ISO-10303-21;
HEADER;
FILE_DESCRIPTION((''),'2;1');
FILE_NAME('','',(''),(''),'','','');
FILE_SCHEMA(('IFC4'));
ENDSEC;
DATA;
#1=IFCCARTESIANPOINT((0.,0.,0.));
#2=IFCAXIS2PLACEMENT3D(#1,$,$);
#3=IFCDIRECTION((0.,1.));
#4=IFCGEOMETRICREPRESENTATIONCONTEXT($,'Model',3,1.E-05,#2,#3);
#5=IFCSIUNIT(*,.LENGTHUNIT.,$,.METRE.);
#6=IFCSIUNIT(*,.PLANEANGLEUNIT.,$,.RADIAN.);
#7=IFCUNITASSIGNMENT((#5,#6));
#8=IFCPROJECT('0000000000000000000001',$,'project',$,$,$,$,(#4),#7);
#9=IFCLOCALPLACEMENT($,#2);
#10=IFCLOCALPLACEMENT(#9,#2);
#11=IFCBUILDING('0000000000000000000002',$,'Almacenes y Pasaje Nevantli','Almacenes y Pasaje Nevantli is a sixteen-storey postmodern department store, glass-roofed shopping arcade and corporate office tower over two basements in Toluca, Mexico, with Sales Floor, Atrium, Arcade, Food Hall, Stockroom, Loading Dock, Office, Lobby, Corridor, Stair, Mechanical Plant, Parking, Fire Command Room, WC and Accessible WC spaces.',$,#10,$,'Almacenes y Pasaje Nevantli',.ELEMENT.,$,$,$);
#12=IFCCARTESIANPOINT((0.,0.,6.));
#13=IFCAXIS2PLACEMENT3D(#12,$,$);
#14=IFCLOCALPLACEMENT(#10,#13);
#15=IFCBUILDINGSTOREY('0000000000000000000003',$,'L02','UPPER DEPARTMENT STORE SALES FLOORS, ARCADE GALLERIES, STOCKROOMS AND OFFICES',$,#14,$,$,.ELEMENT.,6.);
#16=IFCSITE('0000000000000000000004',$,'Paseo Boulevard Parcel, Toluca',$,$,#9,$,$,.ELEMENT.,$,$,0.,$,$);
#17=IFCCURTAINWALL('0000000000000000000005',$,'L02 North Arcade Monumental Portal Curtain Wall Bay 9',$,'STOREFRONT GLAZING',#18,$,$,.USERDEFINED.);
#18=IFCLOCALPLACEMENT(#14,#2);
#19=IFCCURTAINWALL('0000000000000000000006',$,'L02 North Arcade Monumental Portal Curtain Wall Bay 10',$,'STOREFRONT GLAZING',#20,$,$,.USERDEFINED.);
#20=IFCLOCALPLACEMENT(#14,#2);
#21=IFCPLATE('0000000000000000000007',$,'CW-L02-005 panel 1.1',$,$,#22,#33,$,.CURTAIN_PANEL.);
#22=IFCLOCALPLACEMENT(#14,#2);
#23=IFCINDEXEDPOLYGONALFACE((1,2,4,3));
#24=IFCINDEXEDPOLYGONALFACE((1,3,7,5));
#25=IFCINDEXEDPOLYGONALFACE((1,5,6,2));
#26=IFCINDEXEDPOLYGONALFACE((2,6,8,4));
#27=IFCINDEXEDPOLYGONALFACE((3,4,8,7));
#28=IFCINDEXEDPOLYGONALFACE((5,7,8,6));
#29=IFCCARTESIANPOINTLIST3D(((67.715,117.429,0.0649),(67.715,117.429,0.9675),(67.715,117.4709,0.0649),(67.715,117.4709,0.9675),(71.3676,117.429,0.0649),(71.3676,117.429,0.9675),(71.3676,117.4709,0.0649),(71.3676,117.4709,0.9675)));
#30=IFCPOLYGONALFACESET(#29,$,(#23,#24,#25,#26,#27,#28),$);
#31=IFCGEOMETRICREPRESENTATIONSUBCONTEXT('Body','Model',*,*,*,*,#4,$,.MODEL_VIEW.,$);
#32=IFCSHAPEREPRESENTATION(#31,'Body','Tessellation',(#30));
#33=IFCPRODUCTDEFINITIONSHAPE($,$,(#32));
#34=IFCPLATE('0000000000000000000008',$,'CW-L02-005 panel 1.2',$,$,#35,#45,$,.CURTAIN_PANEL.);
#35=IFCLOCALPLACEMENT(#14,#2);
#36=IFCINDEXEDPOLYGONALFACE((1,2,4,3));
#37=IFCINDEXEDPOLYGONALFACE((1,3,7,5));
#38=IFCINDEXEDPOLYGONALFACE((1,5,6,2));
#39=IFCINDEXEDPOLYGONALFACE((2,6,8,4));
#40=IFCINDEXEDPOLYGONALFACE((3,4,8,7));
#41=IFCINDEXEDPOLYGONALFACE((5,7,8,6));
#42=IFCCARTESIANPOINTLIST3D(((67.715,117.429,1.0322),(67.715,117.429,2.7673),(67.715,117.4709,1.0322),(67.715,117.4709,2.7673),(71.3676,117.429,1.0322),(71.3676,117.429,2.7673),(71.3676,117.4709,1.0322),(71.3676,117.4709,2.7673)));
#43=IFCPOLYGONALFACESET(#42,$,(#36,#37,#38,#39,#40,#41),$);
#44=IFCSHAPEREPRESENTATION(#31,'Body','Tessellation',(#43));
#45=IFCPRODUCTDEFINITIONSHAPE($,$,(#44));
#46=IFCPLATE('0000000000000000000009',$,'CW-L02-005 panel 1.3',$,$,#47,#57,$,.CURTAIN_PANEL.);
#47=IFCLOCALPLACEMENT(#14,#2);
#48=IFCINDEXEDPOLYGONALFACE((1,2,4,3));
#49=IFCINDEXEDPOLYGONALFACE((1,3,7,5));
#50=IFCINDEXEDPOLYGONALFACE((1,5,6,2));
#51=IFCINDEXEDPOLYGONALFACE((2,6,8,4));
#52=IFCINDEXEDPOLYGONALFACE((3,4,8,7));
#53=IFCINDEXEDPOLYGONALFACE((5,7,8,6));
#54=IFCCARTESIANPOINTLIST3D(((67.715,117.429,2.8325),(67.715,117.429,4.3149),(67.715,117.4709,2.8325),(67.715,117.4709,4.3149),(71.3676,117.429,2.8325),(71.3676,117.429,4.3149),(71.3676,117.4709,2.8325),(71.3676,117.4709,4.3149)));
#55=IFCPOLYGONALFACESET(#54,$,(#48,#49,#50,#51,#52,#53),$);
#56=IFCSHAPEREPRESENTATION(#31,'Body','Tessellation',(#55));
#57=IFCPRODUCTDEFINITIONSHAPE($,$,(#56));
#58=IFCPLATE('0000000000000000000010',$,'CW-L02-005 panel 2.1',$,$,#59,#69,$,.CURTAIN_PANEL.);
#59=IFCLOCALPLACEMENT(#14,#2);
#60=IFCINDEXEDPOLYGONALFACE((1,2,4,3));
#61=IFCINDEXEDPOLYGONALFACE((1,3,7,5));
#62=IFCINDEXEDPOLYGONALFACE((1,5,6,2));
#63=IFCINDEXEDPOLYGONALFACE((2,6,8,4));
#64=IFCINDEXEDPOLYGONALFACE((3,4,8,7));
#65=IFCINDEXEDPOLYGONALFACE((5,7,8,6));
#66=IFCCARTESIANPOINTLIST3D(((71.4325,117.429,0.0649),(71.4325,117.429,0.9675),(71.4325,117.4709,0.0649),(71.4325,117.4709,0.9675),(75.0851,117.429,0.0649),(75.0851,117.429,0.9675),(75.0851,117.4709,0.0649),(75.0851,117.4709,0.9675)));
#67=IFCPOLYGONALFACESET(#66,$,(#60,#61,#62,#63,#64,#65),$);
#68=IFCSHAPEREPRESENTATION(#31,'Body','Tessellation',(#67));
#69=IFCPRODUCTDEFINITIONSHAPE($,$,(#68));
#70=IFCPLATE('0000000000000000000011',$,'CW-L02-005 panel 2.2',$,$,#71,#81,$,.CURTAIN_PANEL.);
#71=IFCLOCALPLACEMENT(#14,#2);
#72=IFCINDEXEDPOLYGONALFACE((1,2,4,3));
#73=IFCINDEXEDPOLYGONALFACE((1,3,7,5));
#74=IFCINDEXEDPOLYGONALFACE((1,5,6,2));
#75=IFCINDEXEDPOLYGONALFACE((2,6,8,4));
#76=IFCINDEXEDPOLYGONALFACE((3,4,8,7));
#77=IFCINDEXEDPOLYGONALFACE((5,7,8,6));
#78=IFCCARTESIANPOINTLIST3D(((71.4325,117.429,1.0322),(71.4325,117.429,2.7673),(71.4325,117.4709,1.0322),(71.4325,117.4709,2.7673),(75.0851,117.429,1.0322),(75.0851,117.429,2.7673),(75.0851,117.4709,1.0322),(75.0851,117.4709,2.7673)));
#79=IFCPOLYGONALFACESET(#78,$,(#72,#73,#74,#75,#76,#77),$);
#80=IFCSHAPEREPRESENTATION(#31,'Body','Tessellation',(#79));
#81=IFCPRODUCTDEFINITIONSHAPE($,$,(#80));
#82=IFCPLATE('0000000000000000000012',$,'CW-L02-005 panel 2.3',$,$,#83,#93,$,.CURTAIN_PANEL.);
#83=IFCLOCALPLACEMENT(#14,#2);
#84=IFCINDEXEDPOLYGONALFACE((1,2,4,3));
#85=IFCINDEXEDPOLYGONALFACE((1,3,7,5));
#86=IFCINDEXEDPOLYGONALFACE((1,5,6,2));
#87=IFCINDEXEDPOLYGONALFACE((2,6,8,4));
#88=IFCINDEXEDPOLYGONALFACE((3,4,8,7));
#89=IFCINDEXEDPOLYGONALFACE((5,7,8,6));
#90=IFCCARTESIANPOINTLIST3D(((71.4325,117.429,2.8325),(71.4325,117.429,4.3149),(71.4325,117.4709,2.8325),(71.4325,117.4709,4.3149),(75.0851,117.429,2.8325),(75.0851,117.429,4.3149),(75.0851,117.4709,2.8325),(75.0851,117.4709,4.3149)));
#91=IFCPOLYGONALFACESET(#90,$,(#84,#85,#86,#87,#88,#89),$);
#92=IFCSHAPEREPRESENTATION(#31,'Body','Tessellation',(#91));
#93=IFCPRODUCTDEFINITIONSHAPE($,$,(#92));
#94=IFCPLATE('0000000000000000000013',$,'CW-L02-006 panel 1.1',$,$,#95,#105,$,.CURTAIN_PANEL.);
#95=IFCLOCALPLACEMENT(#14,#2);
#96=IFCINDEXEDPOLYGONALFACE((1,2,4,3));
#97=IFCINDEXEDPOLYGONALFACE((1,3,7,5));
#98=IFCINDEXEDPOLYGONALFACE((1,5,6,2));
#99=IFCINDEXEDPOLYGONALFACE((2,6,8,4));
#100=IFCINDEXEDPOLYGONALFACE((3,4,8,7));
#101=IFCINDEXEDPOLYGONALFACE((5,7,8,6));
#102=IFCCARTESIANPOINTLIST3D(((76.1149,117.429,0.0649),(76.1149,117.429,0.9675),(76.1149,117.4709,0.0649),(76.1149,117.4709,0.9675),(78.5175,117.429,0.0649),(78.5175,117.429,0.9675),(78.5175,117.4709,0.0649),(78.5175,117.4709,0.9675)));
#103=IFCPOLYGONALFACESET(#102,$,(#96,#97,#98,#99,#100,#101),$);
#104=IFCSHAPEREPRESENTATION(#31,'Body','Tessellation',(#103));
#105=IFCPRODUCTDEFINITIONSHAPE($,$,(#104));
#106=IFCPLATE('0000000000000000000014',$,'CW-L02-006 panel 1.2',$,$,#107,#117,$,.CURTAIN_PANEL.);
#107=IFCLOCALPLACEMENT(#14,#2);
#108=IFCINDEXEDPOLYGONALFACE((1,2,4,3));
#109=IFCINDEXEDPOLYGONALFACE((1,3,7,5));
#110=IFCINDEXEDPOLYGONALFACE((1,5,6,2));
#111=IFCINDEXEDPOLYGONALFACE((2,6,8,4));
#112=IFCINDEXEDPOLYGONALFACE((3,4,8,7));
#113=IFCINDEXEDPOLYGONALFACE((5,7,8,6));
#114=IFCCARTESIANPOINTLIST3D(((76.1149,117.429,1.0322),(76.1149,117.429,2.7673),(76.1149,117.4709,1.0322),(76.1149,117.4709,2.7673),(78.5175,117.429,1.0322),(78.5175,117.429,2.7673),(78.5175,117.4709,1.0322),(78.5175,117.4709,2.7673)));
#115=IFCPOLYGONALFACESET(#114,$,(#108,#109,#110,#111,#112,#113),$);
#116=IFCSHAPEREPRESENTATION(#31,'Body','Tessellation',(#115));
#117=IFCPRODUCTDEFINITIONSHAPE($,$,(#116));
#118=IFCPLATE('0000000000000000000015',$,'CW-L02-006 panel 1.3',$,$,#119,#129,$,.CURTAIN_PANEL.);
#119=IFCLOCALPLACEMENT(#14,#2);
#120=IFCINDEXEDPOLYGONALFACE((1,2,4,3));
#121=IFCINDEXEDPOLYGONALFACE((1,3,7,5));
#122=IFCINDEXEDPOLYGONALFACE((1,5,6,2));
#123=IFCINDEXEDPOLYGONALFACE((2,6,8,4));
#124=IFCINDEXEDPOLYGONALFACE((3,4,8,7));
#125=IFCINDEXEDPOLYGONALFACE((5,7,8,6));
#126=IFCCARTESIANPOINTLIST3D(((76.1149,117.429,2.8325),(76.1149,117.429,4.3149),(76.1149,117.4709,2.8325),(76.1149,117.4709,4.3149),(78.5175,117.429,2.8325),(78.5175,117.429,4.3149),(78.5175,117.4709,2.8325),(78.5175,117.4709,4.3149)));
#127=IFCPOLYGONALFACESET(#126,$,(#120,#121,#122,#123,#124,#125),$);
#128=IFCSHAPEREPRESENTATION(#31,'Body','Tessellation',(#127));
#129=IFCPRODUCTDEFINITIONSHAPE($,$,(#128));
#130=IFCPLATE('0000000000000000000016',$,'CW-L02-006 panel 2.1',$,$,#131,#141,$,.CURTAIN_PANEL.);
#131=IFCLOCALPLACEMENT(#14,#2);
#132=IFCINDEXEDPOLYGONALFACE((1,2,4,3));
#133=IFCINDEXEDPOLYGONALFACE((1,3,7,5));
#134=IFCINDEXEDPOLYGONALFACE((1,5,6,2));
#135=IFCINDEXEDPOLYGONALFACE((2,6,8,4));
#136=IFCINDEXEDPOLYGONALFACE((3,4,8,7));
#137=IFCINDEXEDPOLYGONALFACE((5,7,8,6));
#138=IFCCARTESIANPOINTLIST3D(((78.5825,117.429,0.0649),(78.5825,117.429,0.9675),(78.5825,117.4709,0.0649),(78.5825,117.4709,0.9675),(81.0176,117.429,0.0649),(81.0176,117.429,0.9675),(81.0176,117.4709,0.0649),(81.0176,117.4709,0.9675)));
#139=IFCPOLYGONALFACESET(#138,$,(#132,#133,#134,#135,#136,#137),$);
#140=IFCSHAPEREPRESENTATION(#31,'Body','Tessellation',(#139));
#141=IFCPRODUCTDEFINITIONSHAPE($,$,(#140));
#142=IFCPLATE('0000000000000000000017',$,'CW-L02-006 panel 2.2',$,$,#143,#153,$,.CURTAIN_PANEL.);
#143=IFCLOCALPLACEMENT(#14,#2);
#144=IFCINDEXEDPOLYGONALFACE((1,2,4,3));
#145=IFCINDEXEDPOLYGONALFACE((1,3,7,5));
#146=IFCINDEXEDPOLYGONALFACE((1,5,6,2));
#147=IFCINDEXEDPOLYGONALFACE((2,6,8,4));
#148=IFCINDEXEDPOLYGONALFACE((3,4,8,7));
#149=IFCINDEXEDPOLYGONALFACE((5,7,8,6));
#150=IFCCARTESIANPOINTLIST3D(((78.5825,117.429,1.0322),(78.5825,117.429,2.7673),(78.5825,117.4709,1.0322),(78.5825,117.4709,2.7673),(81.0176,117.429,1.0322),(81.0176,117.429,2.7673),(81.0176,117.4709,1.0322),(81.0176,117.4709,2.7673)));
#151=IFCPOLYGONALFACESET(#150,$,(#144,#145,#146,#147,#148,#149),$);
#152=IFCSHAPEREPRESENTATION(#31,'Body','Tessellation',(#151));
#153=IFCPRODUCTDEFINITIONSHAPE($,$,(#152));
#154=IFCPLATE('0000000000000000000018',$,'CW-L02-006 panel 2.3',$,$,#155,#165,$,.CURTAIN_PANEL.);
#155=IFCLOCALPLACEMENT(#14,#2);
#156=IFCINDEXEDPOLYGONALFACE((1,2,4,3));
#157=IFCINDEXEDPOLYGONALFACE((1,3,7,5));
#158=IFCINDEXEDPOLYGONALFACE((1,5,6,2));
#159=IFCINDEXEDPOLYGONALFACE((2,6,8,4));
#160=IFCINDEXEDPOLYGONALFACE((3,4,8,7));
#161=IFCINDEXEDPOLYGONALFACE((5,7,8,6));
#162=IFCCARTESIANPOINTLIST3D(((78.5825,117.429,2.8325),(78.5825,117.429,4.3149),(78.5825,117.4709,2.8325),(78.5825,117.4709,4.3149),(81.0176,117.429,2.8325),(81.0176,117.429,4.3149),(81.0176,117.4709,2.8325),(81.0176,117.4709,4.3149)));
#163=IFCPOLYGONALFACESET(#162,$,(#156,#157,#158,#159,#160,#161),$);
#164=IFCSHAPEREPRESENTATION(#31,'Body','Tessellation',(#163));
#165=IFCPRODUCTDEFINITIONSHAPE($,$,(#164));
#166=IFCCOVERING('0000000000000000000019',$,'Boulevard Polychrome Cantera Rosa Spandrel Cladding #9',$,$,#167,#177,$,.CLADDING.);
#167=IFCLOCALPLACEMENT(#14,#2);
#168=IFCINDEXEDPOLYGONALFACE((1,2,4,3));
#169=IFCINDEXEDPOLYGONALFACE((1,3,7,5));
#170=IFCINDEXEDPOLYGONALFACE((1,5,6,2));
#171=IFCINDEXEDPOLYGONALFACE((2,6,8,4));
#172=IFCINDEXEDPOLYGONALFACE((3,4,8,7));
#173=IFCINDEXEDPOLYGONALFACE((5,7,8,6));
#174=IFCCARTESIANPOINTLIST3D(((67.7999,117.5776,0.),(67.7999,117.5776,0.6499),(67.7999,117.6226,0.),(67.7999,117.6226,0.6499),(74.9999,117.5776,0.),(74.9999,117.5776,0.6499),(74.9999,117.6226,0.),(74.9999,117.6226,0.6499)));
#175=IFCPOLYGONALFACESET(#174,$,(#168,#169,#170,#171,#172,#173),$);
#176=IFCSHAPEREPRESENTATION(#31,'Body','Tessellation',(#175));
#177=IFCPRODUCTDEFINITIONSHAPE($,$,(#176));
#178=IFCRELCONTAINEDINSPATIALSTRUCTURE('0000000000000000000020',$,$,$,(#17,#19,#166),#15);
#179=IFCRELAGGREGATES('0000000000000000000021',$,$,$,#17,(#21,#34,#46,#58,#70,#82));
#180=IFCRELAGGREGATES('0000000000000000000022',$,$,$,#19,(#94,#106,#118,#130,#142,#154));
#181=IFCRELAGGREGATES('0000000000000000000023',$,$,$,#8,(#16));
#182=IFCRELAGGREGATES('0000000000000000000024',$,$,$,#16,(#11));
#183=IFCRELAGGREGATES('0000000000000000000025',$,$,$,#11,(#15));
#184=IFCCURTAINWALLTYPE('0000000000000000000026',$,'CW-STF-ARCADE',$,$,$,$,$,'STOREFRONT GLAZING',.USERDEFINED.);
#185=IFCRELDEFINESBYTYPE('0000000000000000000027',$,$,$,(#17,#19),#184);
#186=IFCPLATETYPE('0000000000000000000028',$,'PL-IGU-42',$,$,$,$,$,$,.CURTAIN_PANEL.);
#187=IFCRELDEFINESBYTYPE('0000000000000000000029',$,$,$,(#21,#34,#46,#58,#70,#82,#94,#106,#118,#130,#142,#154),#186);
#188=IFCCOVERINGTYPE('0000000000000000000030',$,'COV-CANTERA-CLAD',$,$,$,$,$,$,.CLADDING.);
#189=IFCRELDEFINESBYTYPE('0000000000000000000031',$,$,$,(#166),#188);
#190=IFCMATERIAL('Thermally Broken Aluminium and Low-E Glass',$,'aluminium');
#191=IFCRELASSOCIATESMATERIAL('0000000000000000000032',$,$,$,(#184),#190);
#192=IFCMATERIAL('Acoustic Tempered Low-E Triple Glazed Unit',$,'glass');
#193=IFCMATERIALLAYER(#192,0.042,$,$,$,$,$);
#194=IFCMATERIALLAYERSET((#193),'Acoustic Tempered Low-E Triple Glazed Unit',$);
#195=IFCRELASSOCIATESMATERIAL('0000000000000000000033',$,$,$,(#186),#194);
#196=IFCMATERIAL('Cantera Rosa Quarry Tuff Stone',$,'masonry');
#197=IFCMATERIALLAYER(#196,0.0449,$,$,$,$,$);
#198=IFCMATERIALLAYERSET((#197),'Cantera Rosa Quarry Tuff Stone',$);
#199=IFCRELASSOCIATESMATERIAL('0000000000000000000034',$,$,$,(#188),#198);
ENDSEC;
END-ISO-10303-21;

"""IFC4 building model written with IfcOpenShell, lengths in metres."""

from ifc_helpers import new_model, si_unit, direction, frame, origin, origin_2d, place, context, subcontext, project, spatial, rectangle, extrude, material, layer, layer_set, type_object, element, aggregate, save


model = new_model("IFC4")

# Units and contexts
model_context = context("Model", 3, precision=1e-05, world=origin(), true_north=direction((0.0, 1.0)))
body_context = subcontext(model_context, "Body", "Model", "MODEL_VIEW")
ifc_project = project(units=[si_unit("LENGTHUNIT", "METRE"), si_unit("PLANEANGLEUNIT", "RADIAN")], contexts=[model_context])

# Site, building, storey
site_placement = place(None, origin())
site = spatial("IfcSite", under=ifc_project, at=site_placement, Name="Paseo Boulevard Parcel, Toluca", CompositionType="ELEMENT", RefElevation=0.0)
building_placement = place(site_placement, origin())
building = spatial("IfcBuilding", under=site, at=building_placement, Name="Almacenes y Pasaje Nevantli", Description="Almacenes y Pasaje Nevantli is a sixteen-storey postmodern department store, glass-roofed shopping arcade and corporate office tower over two basements in Toluca, Mexico, with Sales Floor, Atrium, Arcade, Food Hall, Stockroom, Loading Dock, Office, Lobby, Corridor, Stair, Mechanical Plant, Parking, Fire Command Room, WC and Accessible WC spaces.", LongName="Almacenes y Pasaje Nevantli", CompositionType="ELEMENT")
storey_placement = place(building_placement, frame((0.0, 0.0, 6.0)))
storey = spatial("IfcBuildingStorey", under=building, at=storey_placement, Name="L02", Description="UPPER DEPARTMENT STORE SALES FLOORS, ARCADE GALLERIES, STOCKROOMS AND OFFICES", CompositionType="ELEMENT", Elevation=6.0)

# Curtain walls
ifc_material_1 = material(Name="Thermally Broken Aluminium and Low-E Glass", Category="aluminium")
curtain_wall_type = type_object("IfcCurtainWallType", Name="CW-STF-ARCADE", ElementType="STOREFRONT GLAZING", PredefinedType="USERDEFINED", material=ifc_material_1)
curtain_wall_1_placement = place(storey_placement, origin())
curtain_wall_1 = element("IfcCurtainWall", 1, at=curtain_wall_1_placement, inside=storey, type_object=curtain_wall_type, Name="L02 North Arcade Monumental Portal Curtain Wall Bay 9", ObjectType="STOREFRONT GLAZING", PredefinedType="USERDEFINED")
curtain_wall_2_placement = place(storey_placement, origin())
curtain_wall_2 = element("IfcCurtainWall", 2, at=curtain_wall_2_placement, inside=storey, type_object=curtain_wall_type, Name="L02 North Arcade Monumental Portal Curtain Wall Bay 10", ObjectType="STOREFRONT GLAZING", PredefinedType="USERDEFINED")

# Plates
ifc_material_2 = material(Name="Acoustic Tempered Low-E Triple Glazed Unit", Category="glass")
ifc_layer_1 = layer(ifc_material_2, 0.042)
ifc_layer_set_1 = layer_set([ifc_layer_1], Name="Acoustic Tempered Low-E Triple Glazed Unit")
plate_type = type_object("IfcPlateType", Name="PL-IGU-42", PredefinedType="CURTAIN_PANEL", material=ifc_layer_set_1)
plate_1_placement = place(storey_placement, frame((69.5413, 117.45, 0.0649), z_axis=(0.0, 0.0, 1.0), x_axis=(1.0, 0.0, 0.0)))
plate_1 = element("IfcPlate", 3, at=plate_1_placement, type_object=plate_type, Name="CW-L02-005 panel 1.1", PredefinedType="CURTAIN_PANEL", context=body_context, shape_type="SweptSolid", body=[
    extrude(rectangle(XDim=3.6526, YDim=0.042, at=origin_2d()), origin(), (0.0, 0.0, 1.0), 0.9026),
])
plate_2_placement = place(storey_placement, frame((69.5413, 117.45, 1.0322), z_axis=(0.0, 0.0, 1.0), x_axis=(1.0, 0.0, 0.0)))
plate_2 = element("IfcPlate", 4, at=plate_2_placement, type_object=plate_type, Name="CW-L02-005 panel 1.2", PredefinedType="CURTAIN_PANEL", context=body_context, shape_type="SweptSolid", body=[
    extrude(rectangle(XDim=3.6526, YDim=0.042, at=origin_2d()), origin(), (0.0, 0.0, 1.0), 1.7351),
])
plate_3_placement = place(storey_placement, frame((69.5413, 117.45, 2.8325), z_axis=(0.0, 0.0, 1.0), x_axis=(1.0, 0.0, 0.0)))
plate_3 = element("IfcPlate", 5, at=plate_3_placement, type_object=plate_type, Name="CW-L02-005 panel 1.3", PredefinedType="CURTAIN_PANEL", context=body_context, shape_type="SweptSolid", body=[
    extrude(rectangle(XDim=3.6526, YDim=0.042, at=origin_2d()), origin(), (0.0, 0.0, 1.0), 1.4824),
])
plate_4_placement = place(storey_placement, frame((73.2588, 117.45, 0.0649), z_axis=(0.0, 0.0, 1.0), x_axis=(1.0, 0.0, 0.0)))
plate_4 = element("IfcPlate", 6, at=plate_4_placement, type_object=plate_type, Name="CW-L02-005 panel 2.1", PredefinedType="CURTAIN_PANEL", context=body_context, shape_type="SweptSolid", body=[
    extrude(rectangle(XDim=3.6526, YDim=0.042, at=origin_2d()), origin(), (0.0, 0.0, 1.0), 0.9026),
])
plate_5_placement = place(storey_placement, frame((73.2588, 117.45, 1.0322), z_axis=(0.0, 0.0, 1.0), x_axis=(1.0, 0.0, 0.0)))
plate_5 = element("IfcPlate", 7, at=plate_5_placement, type_object=plate_type, Name="CW-L02-005 panel 2.2", PredefinedType="CURTAIN_PANEL", context=body_context, shape_type="SweptSolid", body=[
    extrude(rectangle(XDim=3.6526, YDim=0.042, at=origin_2d()), origin(), (0.0, 0.0, 1.0), 1.7351),
])
plate_6_placement = place(storey_placement, frame((73.2588, 117.45, 2.8325), z_axis=(0.0, 0.0, 1.0), x_axis=(1.0, 0.0, 0.0)))
plate_6 = element("IfcPlate", 8, at=plate_6_placement, type_object=plate_type, Name="CW-L02-005 panel 2.3", PredefinedType="CURTAIN_PANEL", context=body_context, shape_type="SweptSolid", body=[
    extrude(rectangle(XDim=3.6526, YDim=0.042, at=origin_2d()), origin(), (0.0, 0.0, 1.0), 1.4824),
])
aggregate(curtain_wall_1, [plate_1, plate_2, plate_3, plate_4, plate_5, plate_6])
plate_7_placement = place(storey_placement, frame((77.3162, 117.45, 0.0649), z_axis=(0.0, 0.0, 1.0), x_axis=(1.0, 0.0, 0.0)))
plate_7 = element("IfcPlate", 9, at=plate_7_placement, type_object=plate_type, Name="CW-L02-006 panel 1.1", PredefinedType="CURTAIN_PANEL", context=body_context, shape_type="SweptSolid", body=[
    extrude(rectangle(XDim=2.4026, YDim=0.042, at=origin_2d()), origin(), (0.0, 0.0, 1.0), 0.9026),
])
plate_8_placement = place(storey_placement, frame((77.3162, 117.45, 1.0322), z_axis=(0.0, 0.0, 1.0), x_axis=(1.0, 0.0, 0.0)))
plate_8 = element("IfcPlate", 10, at=plate_8_placement, type_object=plate_type, Name="CW-L02-006 panel 1.2", PredefinedType="CURTAIN_PANEL", context=body_context, shape_type="SweptSolid", body=[
    extrude(rectangle(XDim=2.4026, YDim=0.042, at=origin_2d()), origin(), (0.0, 0.0, 1.0), 1.7351),
])
plate_9_placement = place(storey_placement, frame((77.3162, 117.45, 2.8325), z_axis=(0.0, 0.0, 1.0), x_axis=(1.0, 0.0, 0.0)))
plate_9 = element("IfcPlate", 11, at=plate_9_placement, type_object=plate_type, Name="CW-L02-006 panel 1.3", PredefinedType="CURTAIN_PANEL", context=body_context, shape_type="SweptSolid", body=[
    extrude(rectangle(XDim=2.4026, YDim=0.042, at=origin_2d()), origin(), (0.0, 0.0, 1.0), 1.4824),
])
plate_10_placement = place(storey_placement, frame((79.8, 117.45, 0.0649), z_axis=(0.0, 0.0, 1.0), x_axis=(1.0, 0.0, 0.0)))
plate_10 = element("IfcPlate", 12, at=plate_10_placement, type_object=plate_type, Name="CW-L02-006 panel 2.1", PredefinedType="CURTAIN_PANEL", context=body_context, shape_type="SweptSolid", body=[
    extrude(rectangle(XDim=2.4351, YDim=0.042, at=origin_2d()), origin(), (0.0, 0.0, 1.0), 0.9026),
])
plate_11_placement = place(storey_placement, frame((79.8, 117.45, 1.0322), z_axis=(0.0, 0.0, 1.0), x_axis=(1.0, 0.0, 0.0)))
plate_11 = element("IfcPlate", 13, at=plate_11_placement, type_object=plate_type, Name="CW-L02-006 panel 2.2", PredefinedType="CURTAIN_PANEL", context=body_context, shape_type="SweptSolid", body=[
    extrude(rectangle(XDim=2.4351, YDim=0.042, at=origin_2d()), origin(), (0.0, 0.0, 1.0), 1.7351),
])
plate_12_placement = place(storey_placement, frame((79.8, 117.45, 2.8325), z_axis=(0.0, 0.0, 1.0), x_axis=(1.0, 0.0, 0.0)))
plate_12 = element("IfcPlate", 14, at=plate_12_placement, type_object=plate_type, Name="CW-L02-006 panel 2.3", PredefinedType="CURTAIN_PANEL", context=body_context, shape_type="SweptSolid", body=[
    extrude(rectangle(XDim=2.4351, YDim=0.042, at=origin_2d()), origin(), (0.0, 0.0, 1.0), 1.4824),
])
aggregate(curtain_wall_2, [plate_7, plate_8, plate_9, plate_10, plate_11, plate_12])

# Covering
ifc_material_3 = material(Name="Cantera Rosa Quarry Tuff Stone", Category="masonry")
ifc_layer_2 = layer(ifc_material_3, 0.0449)
ifc_layer_set_2 = layer_set([ifc_layer_2], Name="Cantera Rosa Quarry Tuff Stone")
covering_type = type_object("IfcCoveringType", Name="COV-CANTERA-CLAD", PredefinedType="CLADDING", material=ifc_layer_set_2)
covering_placement = place(storey_placement, frame((71.3999, 117.6001, 0.0), z_axis=(0.0, 0.0, 1.0), x_axis=(1.0, 0.0, 0.0)))
element("IfcCovering", 15, at=covering_placement, inside=storey, type_object=covering_type, Name="Boulevard Polychrome Cantera Rosa Spandrel Cladding #9", PredefinedType="CLADDING", context=body_context, shape_type="SweptSolid", body=[
    extrude(rectangle(XDim=7.2, YDim=0.0449, at=origin_2d()), origin(), (0.0, 0.0, 1.0), 0.6499),
])

save(model, "model.ifc")
